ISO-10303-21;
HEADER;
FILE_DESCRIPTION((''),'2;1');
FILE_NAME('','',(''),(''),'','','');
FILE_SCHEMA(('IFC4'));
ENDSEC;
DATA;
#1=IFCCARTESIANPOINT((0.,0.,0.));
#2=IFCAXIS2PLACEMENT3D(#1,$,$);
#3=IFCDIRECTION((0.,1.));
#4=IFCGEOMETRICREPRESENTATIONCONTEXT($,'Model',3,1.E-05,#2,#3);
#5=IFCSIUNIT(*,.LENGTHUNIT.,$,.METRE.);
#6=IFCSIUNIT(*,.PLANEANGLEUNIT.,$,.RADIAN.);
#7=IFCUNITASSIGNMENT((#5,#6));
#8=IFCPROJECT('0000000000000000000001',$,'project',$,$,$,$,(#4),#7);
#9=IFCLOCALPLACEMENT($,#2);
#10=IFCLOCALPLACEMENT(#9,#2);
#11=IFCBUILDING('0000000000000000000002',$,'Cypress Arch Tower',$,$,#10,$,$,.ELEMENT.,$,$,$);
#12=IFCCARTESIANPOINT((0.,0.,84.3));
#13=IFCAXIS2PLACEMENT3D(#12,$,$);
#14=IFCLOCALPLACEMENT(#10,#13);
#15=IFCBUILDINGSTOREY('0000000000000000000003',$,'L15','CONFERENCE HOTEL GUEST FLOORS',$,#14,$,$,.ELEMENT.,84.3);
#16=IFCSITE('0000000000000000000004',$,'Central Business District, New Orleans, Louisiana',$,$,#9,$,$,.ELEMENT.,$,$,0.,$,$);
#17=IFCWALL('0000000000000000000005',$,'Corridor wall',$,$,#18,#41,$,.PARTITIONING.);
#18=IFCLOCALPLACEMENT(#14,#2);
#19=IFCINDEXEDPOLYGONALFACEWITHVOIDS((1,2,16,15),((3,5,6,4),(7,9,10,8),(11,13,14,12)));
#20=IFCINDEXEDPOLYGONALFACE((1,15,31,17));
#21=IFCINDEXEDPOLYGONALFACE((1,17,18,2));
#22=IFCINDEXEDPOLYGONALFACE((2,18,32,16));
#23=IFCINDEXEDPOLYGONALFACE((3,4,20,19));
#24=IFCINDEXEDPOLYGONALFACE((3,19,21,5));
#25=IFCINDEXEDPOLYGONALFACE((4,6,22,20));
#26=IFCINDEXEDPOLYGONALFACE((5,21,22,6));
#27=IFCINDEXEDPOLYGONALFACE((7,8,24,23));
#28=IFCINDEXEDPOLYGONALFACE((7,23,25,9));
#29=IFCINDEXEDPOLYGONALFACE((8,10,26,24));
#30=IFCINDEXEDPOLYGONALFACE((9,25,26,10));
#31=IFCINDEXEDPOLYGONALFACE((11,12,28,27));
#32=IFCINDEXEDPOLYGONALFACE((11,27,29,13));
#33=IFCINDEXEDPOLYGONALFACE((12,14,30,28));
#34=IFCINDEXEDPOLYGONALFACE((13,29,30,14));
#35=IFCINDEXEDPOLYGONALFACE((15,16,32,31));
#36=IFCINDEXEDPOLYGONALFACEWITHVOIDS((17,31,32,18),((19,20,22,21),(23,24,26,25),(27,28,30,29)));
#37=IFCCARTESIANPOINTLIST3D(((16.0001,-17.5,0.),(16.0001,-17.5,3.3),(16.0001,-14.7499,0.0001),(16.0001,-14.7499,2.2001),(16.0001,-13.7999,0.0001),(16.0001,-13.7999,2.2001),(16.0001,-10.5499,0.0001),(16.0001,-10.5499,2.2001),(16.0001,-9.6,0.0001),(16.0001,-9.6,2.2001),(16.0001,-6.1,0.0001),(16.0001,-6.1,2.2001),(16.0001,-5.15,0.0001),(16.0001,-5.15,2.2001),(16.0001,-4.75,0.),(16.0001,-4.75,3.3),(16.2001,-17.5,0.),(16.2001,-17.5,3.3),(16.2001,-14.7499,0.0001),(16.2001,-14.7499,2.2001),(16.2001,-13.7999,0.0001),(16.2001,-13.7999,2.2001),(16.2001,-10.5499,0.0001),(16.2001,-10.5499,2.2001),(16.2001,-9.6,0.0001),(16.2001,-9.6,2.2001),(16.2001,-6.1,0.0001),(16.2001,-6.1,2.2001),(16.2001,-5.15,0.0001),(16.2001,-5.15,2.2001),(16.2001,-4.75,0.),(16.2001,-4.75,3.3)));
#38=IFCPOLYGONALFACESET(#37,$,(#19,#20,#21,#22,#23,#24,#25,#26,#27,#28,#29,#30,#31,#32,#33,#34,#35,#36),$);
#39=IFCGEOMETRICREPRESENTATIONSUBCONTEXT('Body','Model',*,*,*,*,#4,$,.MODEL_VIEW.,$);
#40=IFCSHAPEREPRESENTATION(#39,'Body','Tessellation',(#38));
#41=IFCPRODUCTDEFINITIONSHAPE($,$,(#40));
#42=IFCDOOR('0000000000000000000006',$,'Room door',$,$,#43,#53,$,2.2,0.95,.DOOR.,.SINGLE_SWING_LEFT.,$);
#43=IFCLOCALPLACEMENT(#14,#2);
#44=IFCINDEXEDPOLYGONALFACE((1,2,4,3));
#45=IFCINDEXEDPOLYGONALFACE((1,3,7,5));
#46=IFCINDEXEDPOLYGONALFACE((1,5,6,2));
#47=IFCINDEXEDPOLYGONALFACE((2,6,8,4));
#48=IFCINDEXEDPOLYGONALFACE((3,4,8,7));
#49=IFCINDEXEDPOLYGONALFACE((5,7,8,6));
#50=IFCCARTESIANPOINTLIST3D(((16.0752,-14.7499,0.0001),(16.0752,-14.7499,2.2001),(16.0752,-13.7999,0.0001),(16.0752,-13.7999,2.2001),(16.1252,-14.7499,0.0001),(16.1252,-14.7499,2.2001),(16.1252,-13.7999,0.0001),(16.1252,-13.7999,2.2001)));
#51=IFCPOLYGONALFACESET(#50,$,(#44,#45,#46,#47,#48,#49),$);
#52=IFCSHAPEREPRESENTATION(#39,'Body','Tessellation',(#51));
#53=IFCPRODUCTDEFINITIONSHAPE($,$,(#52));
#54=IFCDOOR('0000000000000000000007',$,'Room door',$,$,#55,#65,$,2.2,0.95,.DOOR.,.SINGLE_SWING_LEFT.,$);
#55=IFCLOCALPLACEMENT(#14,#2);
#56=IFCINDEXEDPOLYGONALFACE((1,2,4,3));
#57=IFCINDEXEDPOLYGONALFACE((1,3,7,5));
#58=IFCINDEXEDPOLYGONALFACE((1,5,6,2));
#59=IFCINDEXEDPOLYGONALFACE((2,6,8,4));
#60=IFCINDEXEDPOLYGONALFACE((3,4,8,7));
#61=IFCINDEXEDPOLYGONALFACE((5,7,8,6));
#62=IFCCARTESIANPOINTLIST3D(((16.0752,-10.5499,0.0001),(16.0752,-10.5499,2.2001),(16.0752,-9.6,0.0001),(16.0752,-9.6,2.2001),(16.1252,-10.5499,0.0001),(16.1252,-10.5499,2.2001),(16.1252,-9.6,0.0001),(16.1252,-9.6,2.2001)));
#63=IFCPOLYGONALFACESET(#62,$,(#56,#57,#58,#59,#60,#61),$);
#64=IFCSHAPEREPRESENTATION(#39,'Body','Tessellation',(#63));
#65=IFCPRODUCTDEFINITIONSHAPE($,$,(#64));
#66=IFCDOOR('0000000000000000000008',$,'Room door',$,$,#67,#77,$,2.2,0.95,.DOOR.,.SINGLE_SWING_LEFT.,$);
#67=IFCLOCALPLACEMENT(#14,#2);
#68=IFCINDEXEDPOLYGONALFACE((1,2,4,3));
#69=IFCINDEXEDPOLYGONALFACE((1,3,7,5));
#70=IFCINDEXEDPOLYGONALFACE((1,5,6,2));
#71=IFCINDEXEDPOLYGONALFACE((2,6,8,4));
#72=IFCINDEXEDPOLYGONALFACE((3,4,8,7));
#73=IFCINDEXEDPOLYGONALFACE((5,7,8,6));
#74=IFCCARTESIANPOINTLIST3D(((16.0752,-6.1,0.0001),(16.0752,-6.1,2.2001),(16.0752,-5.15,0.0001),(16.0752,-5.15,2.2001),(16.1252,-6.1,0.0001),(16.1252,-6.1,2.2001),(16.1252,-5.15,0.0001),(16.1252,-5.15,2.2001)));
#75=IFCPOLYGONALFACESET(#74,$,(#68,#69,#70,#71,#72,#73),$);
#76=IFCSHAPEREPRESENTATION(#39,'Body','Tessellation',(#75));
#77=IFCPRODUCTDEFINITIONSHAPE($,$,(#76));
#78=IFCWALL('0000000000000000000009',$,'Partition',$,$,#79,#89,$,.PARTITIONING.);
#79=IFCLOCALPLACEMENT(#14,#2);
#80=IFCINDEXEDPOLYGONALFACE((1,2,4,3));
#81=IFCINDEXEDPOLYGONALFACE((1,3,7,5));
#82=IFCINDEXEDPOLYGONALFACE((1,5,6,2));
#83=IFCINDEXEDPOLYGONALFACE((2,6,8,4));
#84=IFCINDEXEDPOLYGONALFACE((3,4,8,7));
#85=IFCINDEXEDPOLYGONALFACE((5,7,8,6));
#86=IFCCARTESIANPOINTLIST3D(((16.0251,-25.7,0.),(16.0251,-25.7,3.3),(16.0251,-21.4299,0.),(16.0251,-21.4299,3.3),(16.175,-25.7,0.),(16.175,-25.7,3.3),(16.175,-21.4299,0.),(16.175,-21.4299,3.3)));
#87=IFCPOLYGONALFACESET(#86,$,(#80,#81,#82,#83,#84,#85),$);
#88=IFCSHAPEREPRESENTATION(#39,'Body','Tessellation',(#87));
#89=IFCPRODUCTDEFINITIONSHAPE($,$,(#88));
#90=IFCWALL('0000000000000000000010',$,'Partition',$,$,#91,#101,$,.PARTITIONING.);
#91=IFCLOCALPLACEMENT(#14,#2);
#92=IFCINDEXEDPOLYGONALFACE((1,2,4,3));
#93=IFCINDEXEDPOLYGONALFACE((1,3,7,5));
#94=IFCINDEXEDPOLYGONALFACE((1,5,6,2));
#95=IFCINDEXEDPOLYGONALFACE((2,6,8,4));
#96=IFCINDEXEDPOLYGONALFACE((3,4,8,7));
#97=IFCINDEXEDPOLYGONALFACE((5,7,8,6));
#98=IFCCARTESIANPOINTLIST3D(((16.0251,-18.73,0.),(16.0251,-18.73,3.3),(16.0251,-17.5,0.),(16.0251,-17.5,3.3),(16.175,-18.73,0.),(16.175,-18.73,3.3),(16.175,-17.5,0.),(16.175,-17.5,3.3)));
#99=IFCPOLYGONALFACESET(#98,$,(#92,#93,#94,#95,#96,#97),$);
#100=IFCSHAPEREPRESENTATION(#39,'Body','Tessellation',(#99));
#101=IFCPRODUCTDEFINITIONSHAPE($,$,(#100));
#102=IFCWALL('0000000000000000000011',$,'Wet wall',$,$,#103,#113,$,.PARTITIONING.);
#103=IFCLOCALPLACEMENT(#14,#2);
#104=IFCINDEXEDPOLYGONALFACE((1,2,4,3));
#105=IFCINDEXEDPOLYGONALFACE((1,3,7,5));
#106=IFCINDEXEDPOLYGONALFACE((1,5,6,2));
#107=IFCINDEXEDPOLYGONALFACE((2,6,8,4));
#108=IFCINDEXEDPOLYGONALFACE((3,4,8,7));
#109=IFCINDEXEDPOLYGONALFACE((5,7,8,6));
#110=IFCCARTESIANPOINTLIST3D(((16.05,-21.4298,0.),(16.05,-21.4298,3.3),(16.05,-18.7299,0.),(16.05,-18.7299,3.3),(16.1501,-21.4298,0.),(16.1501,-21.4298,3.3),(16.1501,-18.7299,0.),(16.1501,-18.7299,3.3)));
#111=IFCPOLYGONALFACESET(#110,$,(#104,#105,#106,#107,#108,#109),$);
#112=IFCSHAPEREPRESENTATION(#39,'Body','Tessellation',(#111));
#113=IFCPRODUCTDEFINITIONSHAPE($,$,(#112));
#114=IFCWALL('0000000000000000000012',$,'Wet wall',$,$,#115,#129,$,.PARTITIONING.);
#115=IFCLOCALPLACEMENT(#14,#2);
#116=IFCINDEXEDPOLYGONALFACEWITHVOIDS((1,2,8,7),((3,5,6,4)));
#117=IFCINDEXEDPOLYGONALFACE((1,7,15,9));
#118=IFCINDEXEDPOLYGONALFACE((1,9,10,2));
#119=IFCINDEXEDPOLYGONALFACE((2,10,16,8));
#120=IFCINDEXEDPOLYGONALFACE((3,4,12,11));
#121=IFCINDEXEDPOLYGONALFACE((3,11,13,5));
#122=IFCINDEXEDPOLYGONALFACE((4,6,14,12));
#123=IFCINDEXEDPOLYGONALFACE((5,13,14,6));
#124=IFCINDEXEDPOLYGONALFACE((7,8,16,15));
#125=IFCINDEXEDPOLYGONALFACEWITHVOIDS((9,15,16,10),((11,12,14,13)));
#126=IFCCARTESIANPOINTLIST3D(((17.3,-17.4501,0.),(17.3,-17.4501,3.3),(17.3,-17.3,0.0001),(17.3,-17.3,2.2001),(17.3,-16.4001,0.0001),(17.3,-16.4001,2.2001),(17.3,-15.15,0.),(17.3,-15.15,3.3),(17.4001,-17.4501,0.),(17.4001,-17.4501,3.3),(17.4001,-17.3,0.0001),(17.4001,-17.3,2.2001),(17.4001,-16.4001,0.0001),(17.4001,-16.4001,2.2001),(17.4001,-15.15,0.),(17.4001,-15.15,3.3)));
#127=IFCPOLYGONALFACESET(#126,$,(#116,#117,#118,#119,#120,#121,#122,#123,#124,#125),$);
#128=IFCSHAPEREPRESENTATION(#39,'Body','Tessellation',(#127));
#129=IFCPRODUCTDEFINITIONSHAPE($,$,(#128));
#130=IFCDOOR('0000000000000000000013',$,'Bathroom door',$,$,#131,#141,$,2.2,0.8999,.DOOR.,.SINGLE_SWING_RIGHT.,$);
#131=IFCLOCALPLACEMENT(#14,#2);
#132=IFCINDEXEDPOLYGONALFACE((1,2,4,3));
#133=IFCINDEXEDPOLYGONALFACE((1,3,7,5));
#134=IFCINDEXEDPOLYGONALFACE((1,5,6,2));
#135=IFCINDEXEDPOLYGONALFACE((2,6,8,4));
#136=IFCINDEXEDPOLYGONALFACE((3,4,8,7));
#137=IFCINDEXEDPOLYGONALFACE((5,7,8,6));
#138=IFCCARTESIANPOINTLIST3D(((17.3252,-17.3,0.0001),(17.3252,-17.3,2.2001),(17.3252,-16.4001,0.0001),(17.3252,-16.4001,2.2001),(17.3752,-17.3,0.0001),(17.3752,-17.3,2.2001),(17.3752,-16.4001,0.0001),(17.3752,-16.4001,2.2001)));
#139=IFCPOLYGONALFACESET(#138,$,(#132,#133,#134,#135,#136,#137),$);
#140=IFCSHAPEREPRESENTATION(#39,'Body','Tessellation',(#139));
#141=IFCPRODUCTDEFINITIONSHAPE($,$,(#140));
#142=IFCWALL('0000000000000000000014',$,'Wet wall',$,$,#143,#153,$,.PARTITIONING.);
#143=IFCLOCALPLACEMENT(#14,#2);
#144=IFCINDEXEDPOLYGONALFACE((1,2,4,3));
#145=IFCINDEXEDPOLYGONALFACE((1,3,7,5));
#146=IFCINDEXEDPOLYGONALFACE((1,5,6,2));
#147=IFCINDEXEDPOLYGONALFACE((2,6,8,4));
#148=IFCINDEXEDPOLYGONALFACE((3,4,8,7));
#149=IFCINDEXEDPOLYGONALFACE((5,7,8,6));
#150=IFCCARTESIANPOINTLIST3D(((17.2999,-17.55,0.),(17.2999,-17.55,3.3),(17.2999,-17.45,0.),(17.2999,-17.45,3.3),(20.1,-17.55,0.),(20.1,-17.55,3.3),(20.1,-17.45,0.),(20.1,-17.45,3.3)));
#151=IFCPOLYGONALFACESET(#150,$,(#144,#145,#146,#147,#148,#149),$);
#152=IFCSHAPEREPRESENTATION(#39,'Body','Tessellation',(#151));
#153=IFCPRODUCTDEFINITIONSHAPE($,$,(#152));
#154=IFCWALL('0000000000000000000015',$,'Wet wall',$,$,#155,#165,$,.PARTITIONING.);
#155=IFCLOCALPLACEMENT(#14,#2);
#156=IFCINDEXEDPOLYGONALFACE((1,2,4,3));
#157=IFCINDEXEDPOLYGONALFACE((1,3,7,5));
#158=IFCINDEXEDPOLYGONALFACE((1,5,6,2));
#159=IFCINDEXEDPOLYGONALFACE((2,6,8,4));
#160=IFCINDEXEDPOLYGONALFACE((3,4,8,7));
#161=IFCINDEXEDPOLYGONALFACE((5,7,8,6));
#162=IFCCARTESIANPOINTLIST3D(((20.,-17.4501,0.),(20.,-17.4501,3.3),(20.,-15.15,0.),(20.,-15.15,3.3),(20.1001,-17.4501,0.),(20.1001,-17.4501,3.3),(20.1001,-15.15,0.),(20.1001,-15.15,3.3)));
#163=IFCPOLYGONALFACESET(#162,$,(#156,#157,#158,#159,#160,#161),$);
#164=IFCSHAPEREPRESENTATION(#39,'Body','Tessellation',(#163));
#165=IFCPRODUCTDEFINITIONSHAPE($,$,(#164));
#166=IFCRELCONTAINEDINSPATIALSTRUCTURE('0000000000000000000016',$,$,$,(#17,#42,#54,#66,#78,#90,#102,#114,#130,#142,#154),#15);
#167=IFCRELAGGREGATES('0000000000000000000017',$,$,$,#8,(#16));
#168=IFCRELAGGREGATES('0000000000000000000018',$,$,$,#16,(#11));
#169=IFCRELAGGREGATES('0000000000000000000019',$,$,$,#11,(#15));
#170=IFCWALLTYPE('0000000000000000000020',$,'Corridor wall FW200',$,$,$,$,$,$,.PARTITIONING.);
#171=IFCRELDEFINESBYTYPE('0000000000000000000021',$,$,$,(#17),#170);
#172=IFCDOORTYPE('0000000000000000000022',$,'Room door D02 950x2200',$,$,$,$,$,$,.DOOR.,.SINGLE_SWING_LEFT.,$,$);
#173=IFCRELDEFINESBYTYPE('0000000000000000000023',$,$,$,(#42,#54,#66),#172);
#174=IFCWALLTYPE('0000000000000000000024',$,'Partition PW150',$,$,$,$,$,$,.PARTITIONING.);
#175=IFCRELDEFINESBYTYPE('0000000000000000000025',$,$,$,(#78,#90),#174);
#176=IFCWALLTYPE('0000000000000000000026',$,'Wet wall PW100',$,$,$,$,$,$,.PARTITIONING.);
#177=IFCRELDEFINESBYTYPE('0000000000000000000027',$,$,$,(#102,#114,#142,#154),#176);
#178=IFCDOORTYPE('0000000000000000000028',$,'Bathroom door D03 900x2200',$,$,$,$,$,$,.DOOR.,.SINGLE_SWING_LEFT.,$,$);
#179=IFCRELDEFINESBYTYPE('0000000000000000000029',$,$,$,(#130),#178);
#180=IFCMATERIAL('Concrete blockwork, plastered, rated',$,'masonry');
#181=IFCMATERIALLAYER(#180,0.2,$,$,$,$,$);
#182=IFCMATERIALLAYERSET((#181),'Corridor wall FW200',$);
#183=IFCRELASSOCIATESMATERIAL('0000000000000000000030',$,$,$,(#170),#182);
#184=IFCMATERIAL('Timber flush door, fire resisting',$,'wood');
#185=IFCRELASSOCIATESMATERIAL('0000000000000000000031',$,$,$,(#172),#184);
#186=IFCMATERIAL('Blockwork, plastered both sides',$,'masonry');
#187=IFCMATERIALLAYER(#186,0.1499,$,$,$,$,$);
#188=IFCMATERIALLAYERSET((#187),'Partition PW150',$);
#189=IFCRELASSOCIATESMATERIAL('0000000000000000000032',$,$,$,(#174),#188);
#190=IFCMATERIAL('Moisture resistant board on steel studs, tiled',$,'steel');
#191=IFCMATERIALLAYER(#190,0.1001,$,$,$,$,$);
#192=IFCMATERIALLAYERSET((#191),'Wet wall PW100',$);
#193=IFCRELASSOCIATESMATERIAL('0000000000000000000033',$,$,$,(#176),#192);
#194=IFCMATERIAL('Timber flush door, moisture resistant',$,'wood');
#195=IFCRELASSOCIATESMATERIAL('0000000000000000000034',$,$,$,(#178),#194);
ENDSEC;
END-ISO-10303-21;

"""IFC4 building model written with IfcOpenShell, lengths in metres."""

from ifc_helpers import new_model, si_unit, direction, frame, frame_2d, origin, place, context, subcontext, project, spatial, rectangle, extrude, material, layer, layer_set, type_object, element, fill, save


model = new_model("IFC4")

# Units and contexts
model_context = context("Model", 3, precision=1e-05, world=origin(), true_north=direction((0.0, 1.0)))
body_context = subcontext(model_context, "Body", "Model", "MODEL_VIEW")
ifc_project = project(units=[si_unit("LENGTHUNIT", "METRE"), si_unit("PLANEANGLEUNIT", "RADIAN")], contexts=[model_context])

# Site, building, storey
site_placement = place(None, origin())
site = spatial("IfcSite", under=ifc_project, at=site_placement, Name="Central Business District, New Orleans, Louisiana", CompositionType="ELEMENT", RefElevation=0.0)
building_placement = place(site_placement, origin())
building = spatial("IfcBuilding", under=site, at=building_placement, Name="Cypress Arch Tower", CompositionType="ELEMENT")
storey_placement = place(building_placement, frame((0.0, 0.0, 84.3)))
storey = spatial("IfcBuildingStorey", under=building, at=storey_placement, Name="L15", Description="CONFERENCE HOTEL GUEST FLOORS", CompositionType="ELEMENT", Elevation=84.3)

# Wall, openings, doors
ifc_material_1 = material(Name="Concrete blockwork, plastered, rated", Category="masonry")
ifc_layer_1 = layer(ifc_material_1, 0.2)
ifc_layer_set_1 = layer_set([ifc_layer_1], Name="Corridor wall FW200")
wall_type_1 = type_object("IfcWallType", Name="Corridor wall FW200", PredefinedType="PARTITIONING", material=ifc_layer_set_1)
wall_1_placement = place(storey_placement, frame((16.1001, -17.5, 0.0), z_axis=(0.0, 0.0, 1.0), x_axis=(0.0, 1.0, 0.0)))
wall_1 = element("IfcWall", 1, at=wall_1_placement, inside=storey, type_object=wall_type_1, Name="Corridor wall", PredefinedType="PARTITIONING", context=body_context, shape_type="SweptSolid", body=[
    extrude(rectangle(XDim=12.75, YDim=0.2, at=frame_2d((6.375, 0.0))), origin(), (0.0, 0.0, 1.0), 3.3),
])
opening_1_placement = place(wall_1_placement, frame((2.75, 0.0, 0.0)))
opening_1 = element("IfcOpeningElement", 2, at=opening_1_placement, cuts=wall_1, PredefinedType="OPENING", context=body_context, shape_type="SweptSolid", body=[
    extrude(rectangle(XDim=0.95, YDim=2.2, at=frame_2d((0.4751, 1.1001))), frame((0.0, 0.1099, 0.0), z_axis=(0.0, -1.0, 0.0), x_axis=(1.0, 0.0, 0.0)), (0.0, 0.0, 1.0), 0.22),
])
opening_2_placement = place(wall_1_placement, frame((6.95, 0.0, 0.0)))
opening_2 = element("IfcOpeningElement", 3, at=opening_2_placement, cuts=wall_1, PredefinedType="OPENING", context=body_context, shape_type="SweptSolid", body=[
    extrude(rectangle(XDim=0.95, YDim=2.2, at=frame_2d((0.4751, 1.1001))), frame((0.0, 0.1099, 0.0), z_axis=(0.0, -1.0, 0.0), x_axis=(1.0, 0.0, 0.0)), (0.0, 0.0, 1.0), 0.22),
])
opening_3_placement = place(wall_1_placement, frame((11.3999, 0.0, 0.0)))
opening_3 = element("IfcOpeningElement", 4, at=opening_3_placement, cuts=wall_1, PredefinedType="OPENING", context=body_context, shape_type="SweptSolid", body=[
    extrude(rectangle(XDim=0.95, YDim=2.2, at=frame_2d((0.4751, 1.1001))), frame((0.0, 0.1099, 0.0), z_axis=(0.0, -1.0, 0.0), x_axis=(1.0, 0.0, 0.0)), (0.0, 0.0, 1.0), 0.22),
])
ifc_material_2 = material(Name="Timber flush door, fire resisting", Category="wood")
door_type_1 = type_object("IfcDoorType", Name="Room door D02 950x2200", OperationType="SINGLE_SWING_LEFT", PredefinedType="DOOR", material=ifc_material_2)
door_1_placement = place(opening_1_placement, origin())
door_1 = element("IfcDoor", 5, at=door_1_placement, inside=storey, type_object=door_type_1, Name="Room door", OperationType="SINGLE_SWING_LEFT", OverallHeight=2.2, OverallWidth=0.95, PredefinedType="DOOR", context=body_context, shape_type="SweptSolid", body=[
    extrude(rectangle(XDim=0.95, YDim=2.2, at=frame_2d((0.4751, 1.1001))), frame((0.0, 0.0249, 0.0), z_axis=(0.0, -1.0, 0.0), x_axis=(1.0, 0.0, 0.0)), (0.0, 0.0, 1.0), 0.05),
])
fill(opening_1, door_1)
door_2_placement = place(opening_2_placement, origin())
door_2 = element("IfcDoor", 6, at=door_2_placement, inside=storey, type_object=door_type_1, Name="Room door", OperationType="SINGLE_SWING_LEFT", OverallHeight=2.2, OverallWidth=0.95, PredefinedType="DOOR", context=body_context, shape_type="SweptSolid", body=[
    extrude(rectangle(XDim=0.95, YDim=2.2, at=frame_2d((0.4751, 1.1001))), frame((0.0, 0.0249, 0.0), z_axis=(0.0, -1.0, 0.0), x_axis=(1.0, 0.0, 0.0)), (0.0, 0.0, 1.0), 0.05),
])
fill(opening_2, door_2)
door_3_placement = place(opening_3_placement, origin())
door_3 = element("IfcDoor", 7, at=door_3_placement, inside=storey, type_object=door_type_1, Name="Room door", OperationType="SINGLE_SWING_LEFT", OverallHeight=2.2, OverallWidth=0.95, PredefinedType="DOOR", context=body_context, shape_type="SweptSolid", body=[
    extrude(rectangle(XDim=0.95, YDim=2.2, at=frame_2d((0.4751, 1.1001))), frame((0.0, 0.0249, 0.0), z_axis=(0.0, -1.0, 0.0), x_axis=(1.0, 0.0, 0.0)), (0.0, 0.0, 1.0), 0.05),
])
fill(opening_3, door_3)

# Walls
ifc_material_3 = material(Name="Blockwork, plastered both sides", Category="masonry")
ifc_layer_2 = layer(ifc_material_3, 0.1499)
ifc_layer_set_2 = layer_set([ifc_layer_2], Name="Partition PW150")
wall_type_2 = type_object("IfcWallType", Name="Partition PW150", PredefinedType="PARTITIONING", material=ifc_layer_set_2)
wall_2_placement = place(storey_placement, frame((16.1001, -25.7, 0.0), z_axis=(0.0, 0.0, 1.0), x_axis=(0.0, 1.0, 0.0)))
element("IfcWall", 8, at=wall_2_placement, inside=storey, type_object=wall_type_2, Name="Partition", PredefinedType="PARTITIONING", context=body_context, shape_type="SweptSolid", body=[
    extrude(rectangle(XDim=4.27, YDim=0.1499, at=frame_2d((2.135, 0.0))), origin(), (0.0, 0.0, 1.0), 3.3),
])
wall_3_placement = place(storey_placement, frame((16.1001, -18.73, 0.0), z_axis=(0.0, 0.0, 1.0), x_axis=(0.0, 1.0, 0.0)))
element("IfcWall", 9, at=wall_3_placement, inside=storey, type_object=wall_type_2, Name="Partition", PredefinedType="PARTITIONING", context=body_context, shape_type="SweptSolid", body=[
    extrude(rectangle(XDim=1.23, YDim=0.1499, at=frame_2d((0.615, 0.0))), origin(), (0.0, 0.0, 1.0), 3.3),
])
ifc_material_4 = material(Name="Moisture resistant board on steel studs, tiled", Category="steel")
ifc_layer_3 = layer(ifc_material_4, 0.1001)
ifc_layer_set_3 = layer_set([ifc_layer_3], Name="Wet wall PW100")
wall_type_3 = type_object("IfcWallType", Name="Wet wall PW100", PredefinedType="PARTITIONING", material=ifc_layer_set_3)
wall_4_placement = place(storey_placement, frame((16.1001, -21.4299, 0.0), z_axis=(0.0, 0.0, 1.0), x_axis=(0.0, 1.0, 0.0)))
element("IfcWall", 10, at=wall_4_placement, inside=storey, type_object=wall_type_3, Name="Wet wall", PredefinedType="PARTITIONING", context=body_context, shape_type="SweptSolid", body=[
    extrude(rectangle(XDim=2.7, YDim=0.1001, at=frame_2d((1.3501, 0.0))), origin(), (0.0, 0.0, 1.0), 3.3),
])

# Wall, opening, door
wall_5_placement = place(storey_placement, frame((17.3501, -17.45, 0.0), z_axis=(0.0, 0.0, 1.0), x_axis=(0.0, 1.0, 0.0)))
wall_5 = element("IfcWall", 11, at=wall_5_placement, inside=storey, type_object=wall_type_3, Name="Wet wall", PredefinedType="PARTITIONING", context=body_context, shape_type="SweptSolid", body=[
    extrude(rectangle(XDim=2.3, YDim=0.1001, at=frame_2d((1.1499, 0.0))), origin(), (0.0, 0.0, 1.0), 3.3),
])
opening_4_placement = place(wall_5_placement, frame((0.1499, 0.0, 0.0)))
opening_4 = element("IfcOpeningElement", 12, at=opening_4_placement, cuts=wall_5, PredefinedType="OPENING", context=body_context, shape_type="SweptSolid", body=[
    extrude(rectangle(XDim=0.8999, YDim=2.2, at=frame_2d((0.45, 1.1001))), frame((0.0, 0.0601, 0.0), z_axis=(0.0, -1.0, 0.0), x_axis=(1.0, 0.0, 0.0)), (0.0, 0.0, 1.0), 0.1201),
])
ifc_material_5 = material(Name="Timber flush door, moisture resistant", Category="wood")
door_type_2 = type_object("IfcDoorType", Name="Bathroom door D03 900x2200", OperationType="SINGLE_SWING_LEFT", PredefinedType="DOOR", material=ifc_material_5)
door_4_placement = place(opening_4_placement, origin())
door_4 = element("IfcDoor", 13, at=door_4_placement, inside=storey, type_object=door_type_2, Name="Bathroom door", OperationType="SINGLE_SWING_RIGHT", OverallHeight=2.2, OverallWidth=0.8999, PredefinedType="DOOR", context=body_context, shape_type="SweptSolid", body=[
    extrude(rectangle(XDim=0.8999, YDim=2.2, at=frame_2d((0.45, 1.1001))), frame((0.0, 0.0249, 0.0), z_axis=(0.0, -1.0, 0.0), x_axis=(1.0, 0.0, 0.0)), (0.0, 0.0, 1.0), 0.05),
])
fill(opening_4, door_4)

# Walls
wall_6_placement = place(storey_placement, frame((17.3, -17.5, 0.0), z_axis=(0.0, 0.0, 1.0), x_axis=(1.0, 0.0, 0.0)))
element("IfcWall", 14, at=wall_6_placement, inside=storey, type_object=wall_type_3, Name="Wet wall", PredefinedType="PARTITIONING", context=body_context, shape_type="SweptSolid", body=[
    extrude(rectangle(XDim=2.8, YDim=0.1001, at=frame_2d((1.3999, 0.0))), origin(), (0.0, 0.0, 1.0), 3.3),
])
wall_7_placement = place(storey_placement, frame((20.05, -17.45, 0.0), z_axis=(0.0, 0.0, 1.0), x_axis=(0.0, 1.0, 0.0)))
element("IfcWall", 15, at=wall_7_placement, inside=storey, type_object=wall_type_3, Name="Wet wall", PredefinedType="PARTITIONING", context=body_context, shape_type="SweptSolid", body=[
    extrude(rectangle(XDim=2.3, YDim=0.1001, at=frame_2d((1.1499, 0.0))), origin(), (0.0, 0.0, 1.0), 3.3),
])

save(model, "model.ifc")
